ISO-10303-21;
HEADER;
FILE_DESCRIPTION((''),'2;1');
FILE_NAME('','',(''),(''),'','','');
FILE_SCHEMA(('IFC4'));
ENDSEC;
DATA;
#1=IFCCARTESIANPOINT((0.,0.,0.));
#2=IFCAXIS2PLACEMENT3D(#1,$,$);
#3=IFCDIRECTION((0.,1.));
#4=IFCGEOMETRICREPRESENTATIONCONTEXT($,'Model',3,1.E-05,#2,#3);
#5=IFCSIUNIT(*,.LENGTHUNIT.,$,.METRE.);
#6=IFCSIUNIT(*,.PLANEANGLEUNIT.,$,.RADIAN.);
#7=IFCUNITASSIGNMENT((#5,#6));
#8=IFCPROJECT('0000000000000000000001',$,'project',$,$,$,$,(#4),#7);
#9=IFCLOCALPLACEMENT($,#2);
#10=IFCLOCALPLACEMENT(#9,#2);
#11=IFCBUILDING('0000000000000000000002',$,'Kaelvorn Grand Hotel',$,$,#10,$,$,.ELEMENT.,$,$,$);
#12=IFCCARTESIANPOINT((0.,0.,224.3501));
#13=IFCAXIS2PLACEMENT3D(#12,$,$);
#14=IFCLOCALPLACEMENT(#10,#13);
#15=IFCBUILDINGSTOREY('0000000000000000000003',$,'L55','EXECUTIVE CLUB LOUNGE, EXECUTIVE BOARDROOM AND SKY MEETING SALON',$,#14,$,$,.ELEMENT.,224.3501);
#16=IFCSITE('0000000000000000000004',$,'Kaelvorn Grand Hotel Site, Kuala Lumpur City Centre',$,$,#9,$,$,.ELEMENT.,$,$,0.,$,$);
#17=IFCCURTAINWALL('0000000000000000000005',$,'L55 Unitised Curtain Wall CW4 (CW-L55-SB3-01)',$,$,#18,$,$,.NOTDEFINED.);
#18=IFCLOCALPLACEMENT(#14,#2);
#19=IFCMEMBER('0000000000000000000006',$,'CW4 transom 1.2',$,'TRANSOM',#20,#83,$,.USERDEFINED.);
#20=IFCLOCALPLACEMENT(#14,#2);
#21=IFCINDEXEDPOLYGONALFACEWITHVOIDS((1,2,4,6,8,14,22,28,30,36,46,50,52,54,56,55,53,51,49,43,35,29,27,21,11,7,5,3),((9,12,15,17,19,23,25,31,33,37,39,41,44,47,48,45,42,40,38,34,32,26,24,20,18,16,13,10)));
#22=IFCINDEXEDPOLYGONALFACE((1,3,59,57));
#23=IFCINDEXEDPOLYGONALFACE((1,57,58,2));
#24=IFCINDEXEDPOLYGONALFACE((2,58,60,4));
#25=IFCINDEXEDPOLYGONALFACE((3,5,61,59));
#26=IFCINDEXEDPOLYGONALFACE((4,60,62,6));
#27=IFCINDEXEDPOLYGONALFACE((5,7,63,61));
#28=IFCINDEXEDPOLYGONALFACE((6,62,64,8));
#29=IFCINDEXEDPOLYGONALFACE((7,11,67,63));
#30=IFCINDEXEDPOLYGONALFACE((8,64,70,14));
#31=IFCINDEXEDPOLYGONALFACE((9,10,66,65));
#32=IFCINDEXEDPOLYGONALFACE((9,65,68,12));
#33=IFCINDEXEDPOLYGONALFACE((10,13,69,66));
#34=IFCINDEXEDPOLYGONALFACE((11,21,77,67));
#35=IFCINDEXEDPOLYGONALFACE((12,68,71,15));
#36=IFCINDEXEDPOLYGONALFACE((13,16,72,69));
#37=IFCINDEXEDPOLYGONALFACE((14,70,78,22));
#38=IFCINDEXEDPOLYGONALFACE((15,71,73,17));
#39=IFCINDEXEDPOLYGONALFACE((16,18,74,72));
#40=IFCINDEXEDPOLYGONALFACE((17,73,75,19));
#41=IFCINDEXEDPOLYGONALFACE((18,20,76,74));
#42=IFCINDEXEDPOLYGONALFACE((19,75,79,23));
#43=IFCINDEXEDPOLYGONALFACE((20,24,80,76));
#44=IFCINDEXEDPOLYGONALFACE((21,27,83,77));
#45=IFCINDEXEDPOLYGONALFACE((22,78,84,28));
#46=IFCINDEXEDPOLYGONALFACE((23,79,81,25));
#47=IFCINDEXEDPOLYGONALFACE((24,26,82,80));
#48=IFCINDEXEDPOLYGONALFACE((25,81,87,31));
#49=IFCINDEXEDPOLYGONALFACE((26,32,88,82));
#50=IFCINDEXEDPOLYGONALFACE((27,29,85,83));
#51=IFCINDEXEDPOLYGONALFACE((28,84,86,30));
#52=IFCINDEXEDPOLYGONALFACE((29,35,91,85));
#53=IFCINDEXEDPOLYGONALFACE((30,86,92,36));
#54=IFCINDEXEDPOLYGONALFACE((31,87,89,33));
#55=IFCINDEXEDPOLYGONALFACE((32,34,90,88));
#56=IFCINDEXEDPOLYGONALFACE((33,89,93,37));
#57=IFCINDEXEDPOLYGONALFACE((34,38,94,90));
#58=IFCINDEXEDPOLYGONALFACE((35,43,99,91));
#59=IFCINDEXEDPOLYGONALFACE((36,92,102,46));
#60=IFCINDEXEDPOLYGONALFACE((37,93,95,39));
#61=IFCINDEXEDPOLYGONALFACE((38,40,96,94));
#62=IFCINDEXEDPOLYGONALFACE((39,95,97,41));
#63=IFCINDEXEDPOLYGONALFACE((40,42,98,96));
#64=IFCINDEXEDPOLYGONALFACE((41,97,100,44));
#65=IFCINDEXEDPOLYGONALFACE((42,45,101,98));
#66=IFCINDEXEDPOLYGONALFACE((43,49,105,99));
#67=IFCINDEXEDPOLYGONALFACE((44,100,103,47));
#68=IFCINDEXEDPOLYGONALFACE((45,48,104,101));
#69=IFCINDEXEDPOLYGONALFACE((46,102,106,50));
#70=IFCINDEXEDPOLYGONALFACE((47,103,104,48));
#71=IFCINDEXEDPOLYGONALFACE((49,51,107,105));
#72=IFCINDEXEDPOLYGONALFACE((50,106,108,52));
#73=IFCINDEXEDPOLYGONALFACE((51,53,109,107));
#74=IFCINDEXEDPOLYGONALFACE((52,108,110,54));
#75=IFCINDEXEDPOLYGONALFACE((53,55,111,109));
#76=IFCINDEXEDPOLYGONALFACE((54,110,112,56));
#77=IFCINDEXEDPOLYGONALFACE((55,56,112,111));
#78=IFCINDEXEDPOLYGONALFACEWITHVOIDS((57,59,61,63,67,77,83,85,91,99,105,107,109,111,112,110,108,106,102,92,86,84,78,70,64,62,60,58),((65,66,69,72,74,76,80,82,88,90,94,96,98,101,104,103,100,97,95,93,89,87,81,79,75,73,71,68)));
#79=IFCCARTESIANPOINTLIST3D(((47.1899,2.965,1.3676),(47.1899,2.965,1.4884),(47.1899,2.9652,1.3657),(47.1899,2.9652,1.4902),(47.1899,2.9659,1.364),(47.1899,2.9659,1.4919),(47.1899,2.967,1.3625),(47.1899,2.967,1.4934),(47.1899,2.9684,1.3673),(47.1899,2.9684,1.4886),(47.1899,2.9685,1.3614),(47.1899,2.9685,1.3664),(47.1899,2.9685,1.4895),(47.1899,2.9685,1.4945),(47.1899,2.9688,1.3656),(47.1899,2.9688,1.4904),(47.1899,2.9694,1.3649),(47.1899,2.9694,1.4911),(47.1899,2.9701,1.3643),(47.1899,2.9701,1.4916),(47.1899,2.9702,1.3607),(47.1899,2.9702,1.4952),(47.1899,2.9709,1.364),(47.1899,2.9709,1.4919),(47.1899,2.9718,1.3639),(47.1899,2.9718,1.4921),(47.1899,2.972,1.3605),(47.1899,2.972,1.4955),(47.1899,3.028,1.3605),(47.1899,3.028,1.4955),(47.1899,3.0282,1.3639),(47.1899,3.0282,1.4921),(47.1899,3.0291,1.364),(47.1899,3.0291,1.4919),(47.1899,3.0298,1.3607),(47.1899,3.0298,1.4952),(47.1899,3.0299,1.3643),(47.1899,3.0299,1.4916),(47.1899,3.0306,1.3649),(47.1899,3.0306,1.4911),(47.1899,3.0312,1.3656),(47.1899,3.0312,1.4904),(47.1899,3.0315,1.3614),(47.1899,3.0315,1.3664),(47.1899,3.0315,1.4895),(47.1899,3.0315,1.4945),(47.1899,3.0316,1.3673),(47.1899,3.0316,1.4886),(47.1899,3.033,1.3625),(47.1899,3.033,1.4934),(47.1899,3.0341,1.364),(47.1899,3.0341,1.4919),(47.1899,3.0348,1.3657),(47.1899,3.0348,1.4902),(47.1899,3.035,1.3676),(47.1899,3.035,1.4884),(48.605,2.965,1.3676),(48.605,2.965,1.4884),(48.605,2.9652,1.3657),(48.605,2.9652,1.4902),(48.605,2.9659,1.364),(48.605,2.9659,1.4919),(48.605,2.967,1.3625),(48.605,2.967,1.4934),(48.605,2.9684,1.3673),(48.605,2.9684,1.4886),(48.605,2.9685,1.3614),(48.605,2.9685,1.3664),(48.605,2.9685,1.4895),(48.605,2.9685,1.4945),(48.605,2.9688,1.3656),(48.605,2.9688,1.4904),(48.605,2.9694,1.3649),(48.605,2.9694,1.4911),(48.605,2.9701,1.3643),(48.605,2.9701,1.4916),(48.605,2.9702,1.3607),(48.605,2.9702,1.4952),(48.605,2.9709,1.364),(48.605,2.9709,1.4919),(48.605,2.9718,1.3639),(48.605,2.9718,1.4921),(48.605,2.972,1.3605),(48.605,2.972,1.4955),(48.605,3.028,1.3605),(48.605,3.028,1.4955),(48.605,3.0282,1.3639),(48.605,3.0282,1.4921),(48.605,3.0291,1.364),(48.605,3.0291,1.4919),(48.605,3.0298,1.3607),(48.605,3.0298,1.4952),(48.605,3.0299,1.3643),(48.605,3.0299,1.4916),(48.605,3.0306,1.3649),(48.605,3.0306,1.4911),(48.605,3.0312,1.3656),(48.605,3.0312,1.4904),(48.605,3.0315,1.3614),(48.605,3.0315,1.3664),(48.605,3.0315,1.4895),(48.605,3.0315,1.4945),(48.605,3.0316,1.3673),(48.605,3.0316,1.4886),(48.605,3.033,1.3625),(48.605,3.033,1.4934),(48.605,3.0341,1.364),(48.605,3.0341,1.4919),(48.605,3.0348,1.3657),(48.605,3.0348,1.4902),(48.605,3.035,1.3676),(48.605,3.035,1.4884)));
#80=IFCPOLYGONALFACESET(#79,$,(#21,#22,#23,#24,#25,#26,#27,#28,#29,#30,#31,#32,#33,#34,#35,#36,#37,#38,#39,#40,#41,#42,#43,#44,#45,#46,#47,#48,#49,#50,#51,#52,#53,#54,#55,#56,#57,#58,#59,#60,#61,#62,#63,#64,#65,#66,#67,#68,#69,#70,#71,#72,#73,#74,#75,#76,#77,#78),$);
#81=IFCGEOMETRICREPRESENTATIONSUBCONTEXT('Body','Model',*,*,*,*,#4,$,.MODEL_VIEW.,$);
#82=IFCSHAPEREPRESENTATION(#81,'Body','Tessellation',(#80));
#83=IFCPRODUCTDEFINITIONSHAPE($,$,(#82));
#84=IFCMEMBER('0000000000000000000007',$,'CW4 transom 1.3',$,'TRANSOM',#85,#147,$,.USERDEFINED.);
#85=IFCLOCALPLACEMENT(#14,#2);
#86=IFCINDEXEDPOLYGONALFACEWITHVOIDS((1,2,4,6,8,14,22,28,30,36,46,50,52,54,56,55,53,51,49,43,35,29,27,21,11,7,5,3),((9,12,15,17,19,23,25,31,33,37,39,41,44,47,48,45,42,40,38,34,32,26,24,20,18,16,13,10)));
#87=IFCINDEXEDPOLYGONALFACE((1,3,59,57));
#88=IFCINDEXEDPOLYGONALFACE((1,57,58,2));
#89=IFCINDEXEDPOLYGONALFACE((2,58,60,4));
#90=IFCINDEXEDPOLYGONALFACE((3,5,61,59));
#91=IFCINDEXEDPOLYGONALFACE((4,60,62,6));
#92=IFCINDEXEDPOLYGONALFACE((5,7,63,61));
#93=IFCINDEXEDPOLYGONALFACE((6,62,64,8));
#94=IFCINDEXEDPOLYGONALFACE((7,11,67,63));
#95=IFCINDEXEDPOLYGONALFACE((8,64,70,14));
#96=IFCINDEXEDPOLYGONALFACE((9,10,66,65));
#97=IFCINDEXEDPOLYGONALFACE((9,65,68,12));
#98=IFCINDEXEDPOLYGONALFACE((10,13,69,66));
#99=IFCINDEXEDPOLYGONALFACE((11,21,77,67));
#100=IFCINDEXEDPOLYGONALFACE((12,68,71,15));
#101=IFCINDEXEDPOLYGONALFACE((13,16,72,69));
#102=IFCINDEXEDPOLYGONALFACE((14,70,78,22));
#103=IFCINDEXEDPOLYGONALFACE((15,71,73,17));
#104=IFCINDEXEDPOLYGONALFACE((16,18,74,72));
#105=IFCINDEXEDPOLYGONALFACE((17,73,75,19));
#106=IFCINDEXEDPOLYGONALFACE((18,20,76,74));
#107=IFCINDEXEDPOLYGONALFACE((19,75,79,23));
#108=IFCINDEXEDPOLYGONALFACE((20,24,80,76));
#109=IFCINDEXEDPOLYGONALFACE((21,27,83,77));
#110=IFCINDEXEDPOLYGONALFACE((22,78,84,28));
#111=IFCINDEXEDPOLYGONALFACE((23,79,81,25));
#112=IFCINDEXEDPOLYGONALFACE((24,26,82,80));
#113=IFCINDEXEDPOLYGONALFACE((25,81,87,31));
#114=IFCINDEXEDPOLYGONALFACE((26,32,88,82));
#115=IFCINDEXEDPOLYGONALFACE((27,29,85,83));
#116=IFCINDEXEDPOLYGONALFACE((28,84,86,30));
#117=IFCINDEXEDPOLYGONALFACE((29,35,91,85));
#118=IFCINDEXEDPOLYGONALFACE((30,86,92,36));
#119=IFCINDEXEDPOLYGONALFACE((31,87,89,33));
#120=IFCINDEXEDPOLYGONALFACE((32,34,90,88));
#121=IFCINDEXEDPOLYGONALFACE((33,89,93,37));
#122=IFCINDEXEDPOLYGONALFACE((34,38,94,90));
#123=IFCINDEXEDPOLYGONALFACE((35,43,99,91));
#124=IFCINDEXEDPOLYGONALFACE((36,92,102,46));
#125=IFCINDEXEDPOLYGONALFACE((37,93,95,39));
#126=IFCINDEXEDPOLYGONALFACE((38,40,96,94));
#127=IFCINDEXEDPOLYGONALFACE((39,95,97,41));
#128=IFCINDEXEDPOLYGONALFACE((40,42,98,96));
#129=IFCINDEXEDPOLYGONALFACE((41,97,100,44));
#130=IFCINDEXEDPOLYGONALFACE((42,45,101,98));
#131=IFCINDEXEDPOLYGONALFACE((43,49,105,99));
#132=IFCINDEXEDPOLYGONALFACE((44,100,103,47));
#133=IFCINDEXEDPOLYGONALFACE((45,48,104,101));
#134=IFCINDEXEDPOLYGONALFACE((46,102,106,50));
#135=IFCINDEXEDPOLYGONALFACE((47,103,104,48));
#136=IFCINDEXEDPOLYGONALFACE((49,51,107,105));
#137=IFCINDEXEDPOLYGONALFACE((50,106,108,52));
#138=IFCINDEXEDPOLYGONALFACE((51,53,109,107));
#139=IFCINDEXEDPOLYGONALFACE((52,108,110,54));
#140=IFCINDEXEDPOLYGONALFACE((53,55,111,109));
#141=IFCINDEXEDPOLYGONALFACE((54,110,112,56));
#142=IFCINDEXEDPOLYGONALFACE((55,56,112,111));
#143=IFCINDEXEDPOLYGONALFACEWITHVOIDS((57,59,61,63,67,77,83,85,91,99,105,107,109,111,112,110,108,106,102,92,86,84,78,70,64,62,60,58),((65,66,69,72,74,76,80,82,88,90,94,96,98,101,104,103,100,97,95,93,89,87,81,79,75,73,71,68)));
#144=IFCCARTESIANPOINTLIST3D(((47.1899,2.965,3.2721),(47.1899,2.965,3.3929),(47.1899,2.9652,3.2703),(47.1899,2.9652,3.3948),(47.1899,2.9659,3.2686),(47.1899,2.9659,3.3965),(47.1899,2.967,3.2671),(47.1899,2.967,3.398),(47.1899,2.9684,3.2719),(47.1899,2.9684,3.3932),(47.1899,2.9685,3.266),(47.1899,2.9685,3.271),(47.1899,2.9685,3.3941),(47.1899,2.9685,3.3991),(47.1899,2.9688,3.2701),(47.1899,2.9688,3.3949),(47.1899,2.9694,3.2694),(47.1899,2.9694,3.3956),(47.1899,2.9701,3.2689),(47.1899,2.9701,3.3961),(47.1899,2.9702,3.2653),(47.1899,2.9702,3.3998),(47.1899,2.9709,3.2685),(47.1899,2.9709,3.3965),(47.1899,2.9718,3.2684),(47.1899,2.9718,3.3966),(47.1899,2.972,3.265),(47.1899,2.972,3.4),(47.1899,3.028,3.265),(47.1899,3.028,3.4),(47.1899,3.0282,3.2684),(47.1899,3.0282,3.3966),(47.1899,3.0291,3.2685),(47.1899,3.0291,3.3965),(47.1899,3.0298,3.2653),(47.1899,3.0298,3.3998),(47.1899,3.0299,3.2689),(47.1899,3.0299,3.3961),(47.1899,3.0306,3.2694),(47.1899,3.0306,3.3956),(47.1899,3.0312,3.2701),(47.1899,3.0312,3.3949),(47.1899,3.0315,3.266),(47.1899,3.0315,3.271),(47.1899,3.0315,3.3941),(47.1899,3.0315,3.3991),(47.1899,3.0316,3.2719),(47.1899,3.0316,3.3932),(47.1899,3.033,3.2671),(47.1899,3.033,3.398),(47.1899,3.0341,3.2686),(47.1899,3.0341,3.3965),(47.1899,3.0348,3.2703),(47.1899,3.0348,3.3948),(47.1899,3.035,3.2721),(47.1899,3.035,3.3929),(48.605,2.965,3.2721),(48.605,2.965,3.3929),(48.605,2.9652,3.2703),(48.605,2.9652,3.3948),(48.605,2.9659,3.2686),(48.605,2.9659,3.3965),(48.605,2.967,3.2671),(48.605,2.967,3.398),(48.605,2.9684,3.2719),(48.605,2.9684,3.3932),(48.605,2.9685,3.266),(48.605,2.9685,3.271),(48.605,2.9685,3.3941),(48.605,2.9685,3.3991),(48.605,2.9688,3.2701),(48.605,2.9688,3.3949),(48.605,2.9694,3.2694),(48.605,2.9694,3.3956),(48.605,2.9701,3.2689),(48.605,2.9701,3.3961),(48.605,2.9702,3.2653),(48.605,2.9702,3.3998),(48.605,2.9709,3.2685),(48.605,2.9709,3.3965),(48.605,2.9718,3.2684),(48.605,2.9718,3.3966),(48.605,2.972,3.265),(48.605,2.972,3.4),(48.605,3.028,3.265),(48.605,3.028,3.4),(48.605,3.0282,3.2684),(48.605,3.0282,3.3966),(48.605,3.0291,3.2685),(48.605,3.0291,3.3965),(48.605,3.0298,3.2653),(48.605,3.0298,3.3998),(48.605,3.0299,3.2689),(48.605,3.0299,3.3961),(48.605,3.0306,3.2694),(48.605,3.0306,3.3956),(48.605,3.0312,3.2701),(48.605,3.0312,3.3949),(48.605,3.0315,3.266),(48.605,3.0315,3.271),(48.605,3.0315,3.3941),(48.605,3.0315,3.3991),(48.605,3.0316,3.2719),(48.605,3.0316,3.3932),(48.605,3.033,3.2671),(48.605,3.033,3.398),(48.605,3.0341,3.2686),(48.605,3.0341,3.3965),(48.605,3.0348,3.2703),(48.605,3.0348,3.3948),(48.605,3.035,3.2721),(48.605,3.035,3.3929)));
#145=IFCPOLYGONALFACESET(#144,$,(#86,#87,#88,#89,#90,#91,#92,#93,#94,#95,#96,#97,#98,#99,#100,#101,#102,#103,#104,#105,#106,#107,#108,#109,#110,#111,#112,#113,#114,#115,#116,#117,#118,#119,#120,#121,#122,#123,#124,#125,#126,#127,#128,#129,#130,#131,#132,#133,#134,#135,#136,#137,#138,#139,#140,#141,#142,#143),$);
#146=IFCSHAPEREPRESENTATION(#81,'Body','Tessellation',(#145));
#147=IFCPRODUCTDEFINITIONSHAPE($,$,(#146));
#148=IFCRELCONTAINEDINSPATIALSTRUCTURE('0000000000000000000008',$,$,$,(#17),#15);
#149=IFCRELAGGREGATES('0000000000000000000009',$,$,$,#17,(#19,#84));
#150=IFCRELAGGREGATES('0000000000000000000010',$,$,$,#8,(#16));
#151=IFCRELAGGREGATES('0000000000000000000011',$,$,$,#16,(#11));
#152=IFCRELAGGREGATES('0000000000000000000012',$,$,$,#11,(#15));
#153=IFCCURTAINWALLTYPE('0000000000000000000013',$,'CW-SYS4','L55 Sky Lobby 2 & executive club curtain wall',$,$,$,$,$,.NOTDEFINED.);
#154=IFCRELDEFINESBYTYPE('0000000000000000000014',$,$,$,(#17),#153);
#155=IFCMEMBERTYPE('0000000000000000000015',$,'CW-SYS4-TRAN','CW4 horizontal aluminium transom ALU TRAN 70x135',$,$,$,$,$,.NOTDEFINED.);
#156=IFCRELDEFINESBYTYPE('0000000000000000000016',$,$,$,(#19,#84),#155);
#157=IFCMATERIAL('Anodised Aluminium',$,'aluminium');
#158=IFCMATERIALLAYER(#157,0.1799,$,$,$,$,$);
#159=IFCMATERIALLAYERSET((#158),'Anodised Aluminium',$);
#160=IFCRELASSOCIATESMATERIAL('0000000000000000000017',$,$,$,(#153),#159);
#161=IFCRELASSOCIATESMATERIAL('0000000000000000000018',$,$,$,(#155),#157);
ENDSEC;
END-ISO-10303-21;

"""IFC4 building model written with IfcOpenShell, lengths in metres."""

from ifc_helpers import new_model, si_unit, direction, frame, origin, origin_2d, place, context, subcontext, project, spatial, hollow_rectangle, extrude, material, layer, layer_set, material_profile, profile_set, type_object, element, aggregate, save


model = new_model("IFC4")

# Units and contexts
model_context = context("Model", 3, precision=1e-05, world=origin(), true_north=direction((0.0, 1.0)))
body_context = subcontext(model_context, "Body", "Model", "MODEL_VIEW")
ifc_project = project(units=[si_unit("LENGTHUNIT", "METRE"), si_unit("PLANEANGLEUNIT", "RADIAN")], contexts=[model_context])

# Site, building, storey
site_placement = place(None, origin())
site = spatial("IfcSite", under=ifc_project, at=site_placement, Name="Kaelvorn Grand Hotel Site, Kuala Lumpur City Centre", CompositionType="ELEMENT", RefElevation=0.0)
building_placement = place(site_placement, origin())
building = spatial("IfcBuilding", under=site, at=building_placement, Name="Kaelvorn Grand Hotel", CompositionType="ELEMENT")
storey_placement = place(building_placement, frame((0.0, 0.0, 224.3501)))
storey = spatial("IfcBuildingStorey", under=building, at=storey_placement, Name="L55", Description="EXECUTIVE CLUB LOUNGE, EXECUTIVE BOARDROOM AND SKY MEETING SALON", CompositionType="ELEMENT", Elevation=224.3501)

# Curtain wall
ifc_material_1 = material(Name="Anodised Aluminium", Category="aluminium")
ifc_layer_1 = layer(ifc_material_1, 0.1799)
ifc_layer_set_1 = layer_set([ifc_layer_1], Name="Anodised Aluminium")
curtain_wall_type = type_object("IfcCurtainWallType", Name="CW-SYS4", Description="L55 Sky Lobby 2 & executive club curtain wall", PredefinedType="NOTDEFINED", material=ifc_layer_set_1)
curtain_wall_1_placement = place(storey_placement, origin())
curtain_wall_1 = element("IfcCurtainWall", 1, at=curtain_wall_1_placement, inside=storey, type_object=curtain_wall_type, Name="L55 Unitised Curtain Wall CW4 (CW-L55-SB3-01)", PredefinedType="NOTDEFINED")

# Members
ifc_material_profile_1 = material_profile(ifc_material_1, hollow_rectangle(XDim=0.0701, YDim=0.135, WallThickness=0.0034, InnerFilletRadius=0.0034, OuterFilletRadius=0.0071, at=origin_2d()), Name="ALU TRAN 70x135")
ifc_profile_set_1 = profile_set([ifc_material_profile_1], Name="Anodised Aluminium")
member_type_1 = type_object("IfcMemberType", Name="CW-SYS4-TRAN", Description="CW4 horizontal aluminium transom ALU TRAN 70x135", PredefinedType="NOTDEFINED", material=ifc_profile_set_1)
member_1_placement = place(storey_placement, frame((47.1899, 3.0, 1.428), z_axis=(1.0, 0.0, 0.0), x_axis=(0.0, 1.0, 0.0)))
member_1 = element("IfcMember", 2, at=member_1_placement, type_object=member_type_1, Name="CW4 transom 1.2", ObjectType="TRANSOM", PredefinedType="USERDEFINED", context=body_context, shape_type="SweptSolid", body=[
    extrude(hollow_rectangle(XDim=0.0701, YDim=0.135, WallThickness=0.0034, InnerFilletRadius=0.0034, OuterFilletRadius=0.0071, at=origin_2d()), origin(), (0.0, 0.0, 1.0), 1.415),
])
member_2_placement = place(storey_placement, frame((47.1899, 3.0, 3.3325), z_axis=(1.0, 0.0, 0.0), x_axis=(0.0, 1.0, 0.0)))
member_2 = element("IfcMember", 3, at=member_2_placement, type_object=member_type_1, Name="CW4 transom 1.3", ObjectType="TRANSOM", PredefinedType="USERDEFINED", context=body_context, shape_type="SweptSolid", body=[
    extrude(hollow_rectangle(XDim=0.0701, YDim=0.135, WallThickness=0.0034, InnerFilletRadius=0.0034, OuterFilletRadius=0.0071, at=origin_2d()), origin(), (0.0, 0.0, 1.0), 1.415),
])

aggregate(curtain_wall_1, [member_1, member_2])

save(model, "model.ifc")
